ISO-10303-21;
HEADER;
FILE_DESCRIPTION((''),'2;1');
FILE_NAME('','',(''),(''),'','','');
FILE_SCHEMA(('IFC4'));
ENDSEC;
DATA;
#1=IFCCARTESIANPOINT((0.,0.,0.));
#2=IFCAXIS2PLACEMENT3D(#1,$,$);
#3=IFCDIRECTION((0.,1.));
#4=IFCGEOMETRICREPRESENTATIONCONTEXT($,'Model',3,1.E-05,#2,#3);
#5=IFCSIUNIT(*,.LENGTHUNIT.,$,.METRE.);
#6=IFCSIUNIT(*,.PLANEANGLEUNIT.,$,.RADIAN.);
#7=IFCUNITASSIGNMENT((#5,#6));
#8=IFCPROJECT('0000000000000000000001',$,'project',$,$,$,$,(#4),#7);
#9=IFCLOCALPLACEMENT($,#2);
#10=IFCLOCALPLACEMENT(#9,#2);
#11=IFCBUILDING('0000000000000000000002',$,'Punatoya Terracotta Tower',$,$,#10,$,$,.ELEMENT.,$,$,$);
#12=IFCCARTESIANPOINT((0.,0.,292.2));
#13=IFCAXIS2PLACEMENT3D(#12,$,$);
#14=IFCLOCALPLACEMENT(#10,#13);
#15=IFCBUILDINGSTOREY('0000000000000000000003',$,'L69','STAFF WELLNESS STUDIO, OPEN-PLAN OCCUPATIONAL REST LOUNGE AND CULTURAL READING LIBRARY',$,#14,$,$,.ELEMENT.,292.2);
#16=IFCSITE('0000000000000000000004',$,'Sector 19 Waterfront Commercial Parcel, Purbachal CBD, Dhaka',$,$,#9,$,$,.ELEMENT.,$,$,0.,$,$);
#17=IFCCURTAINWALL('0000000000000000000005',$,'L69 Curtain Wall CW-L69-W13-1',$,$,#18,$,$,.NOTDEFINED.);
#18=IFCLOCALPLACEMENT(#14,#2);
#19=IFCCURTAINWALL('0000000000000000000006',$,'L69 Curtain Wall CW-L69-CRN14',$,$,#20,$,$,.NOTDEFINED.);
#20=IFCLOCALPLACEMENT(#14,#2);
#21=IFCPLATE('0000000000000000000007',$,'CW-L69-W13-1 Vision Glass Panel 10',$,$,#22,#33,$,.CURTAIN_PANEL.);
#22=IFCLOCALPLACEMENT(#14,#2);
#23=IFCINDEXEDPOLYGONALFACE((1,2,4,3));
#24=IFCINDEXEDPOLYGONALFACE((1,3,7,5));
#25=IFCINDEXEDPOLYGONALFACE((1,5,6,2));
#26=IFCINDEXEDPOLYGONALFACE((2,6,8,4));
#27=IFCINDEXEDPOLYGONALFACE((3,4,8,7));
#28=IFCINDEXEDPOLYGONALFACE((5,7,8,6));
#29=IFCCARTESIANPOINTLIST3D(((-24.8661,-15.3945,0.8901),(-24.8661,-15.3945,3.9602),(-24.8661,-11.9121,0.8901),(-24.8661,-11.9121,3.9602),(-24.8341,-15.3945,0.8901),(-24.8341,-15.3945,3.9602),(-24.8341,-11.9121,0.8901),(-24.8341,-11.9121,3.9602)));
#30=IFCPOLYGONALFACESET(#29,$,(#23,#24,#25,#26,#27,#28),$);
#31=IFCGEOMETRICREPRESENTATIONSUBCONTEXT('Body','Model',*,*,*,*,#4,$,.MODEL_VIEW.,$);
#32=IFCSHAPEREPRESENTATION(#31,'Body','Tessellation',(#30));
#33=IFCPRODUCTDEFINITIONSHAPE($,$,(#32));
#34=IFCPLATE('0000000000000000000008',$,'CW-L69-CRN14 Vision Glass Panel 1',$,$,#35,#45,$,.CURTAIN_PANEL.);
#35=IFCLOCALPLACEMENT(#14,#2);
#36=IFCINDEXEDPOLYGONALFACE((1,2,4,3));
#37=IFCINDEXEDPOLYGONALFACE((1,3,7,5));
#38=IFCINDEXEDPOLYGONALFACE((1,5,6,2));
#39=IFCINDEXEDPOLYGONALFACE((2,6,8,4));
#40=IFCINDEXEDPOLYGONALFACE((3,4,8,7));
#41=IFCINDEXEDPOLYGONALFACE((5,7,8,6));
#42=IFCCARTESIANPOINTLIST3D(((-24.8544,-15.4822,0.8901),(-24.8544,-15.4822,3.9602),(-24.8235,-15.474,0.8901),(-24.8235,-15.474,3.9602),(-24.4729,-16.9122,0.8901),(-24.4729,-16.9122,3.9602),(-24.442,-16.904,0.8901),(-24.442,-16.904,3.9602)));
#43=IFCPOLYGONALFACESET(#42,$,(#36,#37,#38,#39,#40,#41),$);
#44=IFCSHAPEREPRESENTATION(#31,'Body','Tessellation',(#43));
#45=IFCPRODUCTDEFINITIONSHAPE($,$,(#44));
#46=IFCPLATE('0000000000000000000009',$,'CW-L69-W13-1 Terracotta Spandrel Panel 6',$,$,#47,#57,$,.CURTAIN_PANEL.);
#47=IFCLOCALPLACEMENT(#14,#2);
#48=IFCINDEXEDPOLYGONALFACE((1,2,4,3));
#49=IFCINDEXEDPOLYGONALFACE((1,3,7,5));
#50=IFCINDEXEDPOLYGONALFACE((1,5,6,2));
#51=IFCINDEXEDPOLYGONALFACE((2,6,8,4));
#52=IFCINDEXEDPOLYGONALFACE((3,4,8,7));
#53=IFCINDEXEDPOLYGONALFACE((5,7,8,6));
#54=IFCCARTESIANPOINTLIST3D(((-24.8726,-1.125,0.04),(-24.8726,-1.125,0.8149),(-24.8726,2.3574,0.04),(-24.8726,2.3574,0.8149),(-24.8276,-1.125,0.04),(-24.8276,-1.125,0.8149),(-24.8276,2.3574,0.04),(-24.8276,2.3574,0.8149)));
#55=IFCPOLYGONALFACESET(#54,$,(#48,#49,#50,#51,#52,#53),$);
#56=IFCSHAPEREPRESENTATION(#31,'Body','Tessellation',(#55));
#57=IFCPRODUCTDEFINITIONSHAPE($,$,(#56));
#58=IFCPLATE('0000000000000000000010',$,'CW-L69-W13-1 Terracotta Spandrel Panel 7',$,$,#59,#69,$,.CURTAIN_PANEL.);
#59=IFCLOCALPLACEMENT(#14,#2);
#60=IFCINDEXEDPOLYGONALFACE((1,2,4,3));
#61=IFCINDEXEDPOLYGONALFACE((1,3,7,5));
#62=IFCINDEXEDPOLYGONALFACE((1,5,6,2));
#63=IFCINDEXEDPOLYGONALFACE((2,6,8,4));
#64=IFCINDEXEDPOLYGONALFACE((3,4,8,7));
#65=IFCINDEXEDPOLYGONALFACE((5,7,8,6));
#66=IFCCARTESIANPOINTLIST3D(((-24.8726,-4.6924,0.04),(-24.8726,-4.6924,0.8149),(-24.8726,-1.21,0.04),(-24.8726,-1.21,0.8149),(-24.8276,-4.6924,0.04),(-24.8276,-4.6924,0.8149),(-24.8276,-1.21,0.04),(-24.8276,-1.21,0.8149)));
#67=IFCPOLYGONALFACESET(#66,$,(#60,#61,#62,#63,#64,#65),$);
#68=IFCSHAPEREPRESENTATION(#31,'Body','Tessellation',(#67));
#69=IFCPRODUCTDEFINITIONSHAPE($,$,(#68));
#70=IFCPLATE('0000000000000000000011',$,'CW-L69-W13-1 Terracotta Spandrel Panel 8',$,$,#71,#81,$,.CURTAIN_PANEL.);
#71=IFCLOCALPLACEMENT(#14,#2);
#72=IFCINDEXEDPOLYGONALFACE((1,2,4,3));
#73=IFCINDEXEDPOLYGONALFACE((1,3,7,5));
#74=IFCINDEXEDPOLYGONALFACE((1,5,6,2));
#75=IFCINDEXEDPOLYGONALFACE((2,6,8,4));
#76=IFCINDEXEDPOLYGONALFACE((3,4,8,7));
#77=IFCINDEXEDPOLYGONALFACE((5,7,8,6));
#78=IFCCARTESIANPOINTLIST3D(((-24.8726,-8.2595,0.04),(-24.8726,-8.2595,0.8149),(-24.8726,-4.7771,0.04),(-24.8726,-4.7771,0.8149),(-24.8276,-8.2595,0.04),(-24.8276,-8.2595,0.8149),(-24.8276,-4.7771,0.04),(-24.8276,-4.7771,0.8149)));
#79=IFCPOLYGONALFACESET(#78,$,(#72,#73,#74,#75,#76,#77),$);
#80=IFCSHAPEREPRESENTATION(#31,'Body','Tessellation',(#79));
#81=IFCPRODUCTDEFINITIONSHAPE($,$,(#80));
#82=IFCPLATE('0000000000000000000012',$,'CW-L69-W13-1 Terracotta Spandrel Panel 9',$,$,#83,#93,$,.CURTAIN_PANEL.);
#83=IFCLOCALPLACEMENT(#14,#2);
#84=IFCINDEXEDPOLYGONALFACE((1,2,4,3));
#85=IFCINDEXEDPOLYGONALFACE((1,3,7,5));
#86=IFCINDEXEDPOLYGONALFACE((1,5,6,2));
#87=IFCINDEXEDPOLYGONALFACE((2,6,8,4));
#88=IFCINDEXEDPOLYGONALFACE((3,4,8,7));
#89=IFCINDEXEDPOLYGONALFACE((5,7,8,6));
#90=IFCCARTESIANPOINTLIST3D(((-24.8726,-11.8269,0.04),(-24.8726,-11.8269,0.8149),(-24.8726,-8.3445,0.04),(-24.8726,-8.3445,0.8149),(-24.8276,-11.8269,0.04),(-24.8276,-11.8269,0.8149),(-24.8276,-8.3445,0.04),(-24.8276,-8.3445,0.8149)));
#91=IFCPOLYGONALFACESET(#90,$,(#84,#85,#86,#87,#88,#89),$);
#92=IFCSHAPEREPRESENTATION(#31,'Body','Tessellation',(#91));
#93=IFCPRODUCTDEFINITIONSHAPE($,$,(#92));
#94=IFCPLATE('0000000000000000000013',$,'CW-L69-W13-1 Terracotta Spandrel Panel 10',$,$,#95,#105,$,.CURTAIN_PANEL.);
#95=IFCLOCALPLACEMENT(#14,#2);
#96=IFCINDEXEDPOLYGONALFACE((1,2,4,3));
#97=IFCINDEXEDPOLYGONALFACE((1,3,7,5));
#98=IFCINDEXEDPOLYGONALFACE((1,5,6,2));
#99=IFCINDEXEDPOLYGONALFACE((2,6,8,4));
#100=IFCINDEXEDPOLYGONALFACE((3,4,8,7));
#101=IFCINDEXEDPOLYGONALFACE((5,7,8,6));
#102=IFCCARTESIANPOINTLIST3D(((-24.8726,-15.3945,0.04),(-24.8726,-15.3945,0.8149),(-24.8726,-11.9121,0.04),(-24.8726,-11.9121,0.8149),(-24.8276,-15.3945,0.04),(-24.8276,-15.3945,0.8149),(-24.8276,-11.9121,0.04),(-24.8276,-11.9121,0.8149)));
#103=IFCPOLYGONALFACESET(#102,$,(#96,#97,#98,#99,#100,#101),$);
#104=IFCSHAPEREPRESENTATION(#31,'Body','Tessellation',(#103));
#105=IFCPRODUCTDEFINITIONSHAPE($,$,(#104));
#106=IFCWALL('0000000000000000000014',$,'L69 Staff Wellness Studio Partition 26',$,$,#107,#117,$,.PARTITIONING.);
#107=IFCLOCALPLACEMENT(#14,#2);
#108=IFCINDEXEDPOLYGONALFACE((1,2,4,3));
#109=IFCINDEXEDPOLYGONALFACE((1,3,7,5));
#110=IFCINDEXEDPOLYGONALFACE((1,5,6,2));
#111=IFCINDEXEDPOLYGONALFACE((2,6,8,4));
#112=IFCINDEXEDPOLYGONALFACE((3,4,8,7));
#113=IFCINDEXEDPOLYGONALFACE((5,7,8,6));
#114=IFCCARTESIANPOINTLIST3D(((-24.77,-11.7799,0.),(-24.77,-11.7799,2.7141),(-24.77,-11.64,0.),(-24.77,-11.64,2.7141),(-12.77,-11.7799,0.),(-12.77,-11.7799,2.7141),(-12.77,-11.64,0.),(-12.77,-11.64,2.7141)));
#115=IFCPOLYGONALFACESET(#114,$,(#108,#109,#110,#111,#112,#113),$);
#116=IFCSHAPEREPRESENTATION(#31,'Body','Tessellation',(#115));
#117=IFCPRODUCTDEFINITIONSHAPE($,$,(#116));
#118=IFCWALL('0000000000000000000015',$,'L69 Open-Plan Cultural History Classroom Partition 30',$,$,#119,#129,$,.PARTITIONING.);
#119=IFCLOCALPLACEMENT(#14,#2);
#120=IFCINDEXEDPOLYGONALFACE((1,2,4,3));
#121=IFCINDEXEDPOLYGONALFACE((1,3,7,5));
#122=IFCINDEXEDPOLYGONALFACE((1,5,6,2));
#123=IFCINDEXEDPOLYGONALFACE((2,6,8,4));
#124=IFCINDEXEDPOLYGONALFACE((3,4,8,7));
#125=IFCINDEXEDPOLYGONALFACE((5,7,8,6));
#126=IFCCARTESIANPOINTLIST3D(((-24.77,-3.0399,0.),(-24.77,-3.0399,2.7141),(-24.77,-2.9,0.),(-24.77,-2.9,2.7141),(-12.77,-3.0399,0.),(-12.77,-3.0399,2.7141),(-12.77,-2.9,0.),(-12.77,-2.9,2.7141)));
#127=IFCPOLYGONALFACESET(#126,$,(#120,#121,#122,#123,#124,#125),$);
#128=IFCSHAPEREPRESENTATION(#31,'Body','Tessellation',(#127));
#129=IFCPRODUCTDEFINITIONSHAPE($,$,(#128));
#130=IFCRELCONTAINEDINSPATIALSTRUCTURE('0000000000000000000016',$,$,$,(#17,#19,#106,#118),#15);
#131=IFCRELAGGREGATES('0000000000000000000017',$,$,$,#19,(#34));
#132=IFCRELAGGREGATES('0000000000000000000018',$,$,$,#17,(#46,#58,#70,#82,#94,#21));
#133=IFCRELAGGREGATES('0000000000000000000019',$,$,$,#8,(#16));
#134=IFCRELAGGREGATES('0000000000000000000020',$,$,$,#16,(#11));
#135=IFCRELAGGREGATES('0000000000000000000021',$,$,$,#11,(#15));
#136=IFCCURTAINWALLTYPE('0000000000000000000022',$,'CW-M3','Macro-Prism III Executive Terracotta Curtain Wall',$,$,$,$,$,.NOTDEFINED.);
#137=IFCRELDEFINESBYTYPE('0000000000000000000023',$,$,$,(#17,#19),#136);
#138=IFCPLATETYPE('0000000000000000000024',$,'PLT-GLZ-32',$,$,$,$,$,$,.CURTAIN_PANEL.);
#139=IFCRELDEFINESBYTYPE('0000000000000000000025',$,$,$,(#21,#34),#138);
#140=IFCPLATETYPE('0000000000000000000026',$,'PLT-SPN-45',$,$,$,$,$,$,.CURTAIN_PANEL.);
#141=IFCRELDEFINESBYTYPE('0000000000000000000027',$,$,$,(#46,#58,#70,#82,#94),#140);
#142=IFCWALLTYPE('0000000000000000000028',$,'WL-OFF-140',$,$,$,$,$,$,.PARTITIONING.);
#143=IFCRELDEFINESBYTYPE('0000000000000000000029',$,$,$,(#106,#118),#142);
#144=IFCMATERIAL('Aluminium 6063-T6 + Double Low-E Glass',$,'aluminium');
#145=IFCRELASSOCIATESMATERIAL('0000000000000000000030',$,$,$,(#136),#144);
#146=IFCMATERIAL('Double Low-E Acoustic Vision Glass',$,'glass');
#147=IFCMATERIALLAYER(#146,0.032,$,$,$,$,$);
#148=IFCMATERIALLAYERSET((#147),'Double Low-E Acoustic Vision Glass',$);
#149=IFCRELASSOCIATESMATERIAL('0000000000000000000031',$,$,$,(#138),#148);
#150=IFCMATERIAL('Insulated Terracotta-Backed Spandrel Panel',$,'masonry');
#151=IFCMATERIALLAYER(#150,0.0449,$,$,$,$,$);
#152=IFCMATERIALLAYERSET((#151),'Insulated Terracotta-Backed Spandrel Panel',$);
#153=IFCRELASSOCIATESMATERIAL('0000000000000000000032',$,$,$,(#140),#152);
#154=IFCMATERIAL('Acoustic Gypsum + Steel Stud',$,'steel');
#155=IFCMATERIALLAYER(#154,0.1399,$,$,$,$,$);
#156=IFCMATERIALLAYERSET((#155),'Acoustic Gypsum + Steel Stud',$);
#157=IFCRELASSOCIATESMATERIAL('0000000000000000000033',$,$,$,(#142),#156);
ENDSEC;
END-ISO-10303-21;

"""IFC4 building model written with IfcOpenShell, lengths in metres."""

from ifc_helpers import new_model, si_unit, direction, frame, frame_2d, origin, origin_2d, place, context, subcontext, project, spatial, rectangle, extrude, material, layer, layer_set, type_object, element, aggregate, save


model = new_model("IFC4")

# Units and contexts
model_context = context("Model", 3, precision=1e-05, world=origin(), true_north=direction((0.0, 1.0)))
body_context = subcontext(model_context, "Body", "Model", "MODEL_VIEW")
ifc_project = project(units=[si_unit("LENGTHUNIT", "METRE"), si_unit("PLANEANGLEUNIT", "RADIAN")], contexts=[model_context])

# Site, building, storey
site_placement = place(None, origin())
site = spatial("IfcSite", under=ifc_project, at=site_placement, Name="Sector 19 Waterfront Commercial Parcel, Purbachal CBD, Dhaka", CompositionType="ELEMENT", RefElevation=0.0)
building_placement = place(site_placement, origin())
building = spatial("IfcBuilding", under=site, at=building_placement, Name="Punatoya Terracotta Tower", CompositionType="ELEMENT")
storey_placement = place(building_placement, frame((0.0, 0.0, 292.2)))
storey = spatial("IfcBuildingStorey", under=building, at=storey_placement, Name="L69", Description="STAFF WELLNESS STUDIO, OPEN-PLAN OCCUPATIONAL REST LOUNGE AND CULTURAL READING LIBRARY", CompositionType="ELEMENT", Elevation=292.2)

# Curtain walls
ifc_material_1 = material(Name="Aluminium 6063-T6 + Double Low-E Glass", Category="aluminium")
curtain_wall_type = type_object("IfcCurtainWallType", Name="CW-M3", Description="Macro-Prism III Executive Terracotta Curtain Wall", PredefinedType="NOTDEFINED", material=ifc_material_1)
curtain_wall_1_placement = place(storey_placement, origin())
curtain_wall_1 = element("IfcCurtainWall", 1, at=curtain_wall_1_placement, inside=storey, type_object=curtain_wall_type, Name="L69 Curtain Wall CW-L69-W13-1", PredefinedType="NOTDEFINED")
curtain_wall_2_placement = place(storey_placement, origin())
curtain_wall_2 = element("IfcCurtainWall", 2, at=curtain_wall_2_placement, inside=storey, type_object=curtain_wall_type, Name="L69 Curtain Wall CW-L69-CRN14", PredefinedType="NOTDEFINED")

# Plates
ifc_material_2 = material(Name="Double Low-E Acoustic Vision Glass", Category="glass")
ifc_layer_1 = layer(ifc_material_2, 0.032)
ifc_layer_set_1 = layer_set([ifc_layer_1], Name="Double Low-E Acoustic Vision Glass")
plate_type_1 = type_object("IfcPlateType", Name="PLT-GLZ-32", PredefinedType="CURTAIN_PANEL", material=ifc_layer_set_1)
plate_1_placement = place(storey_placement, frame((-24.8501, -13.6533, 0.8901), z_axis=(0.0, 0.0, 1.0), x_axis=(0.0, -1.0, 0.0)))
plate_1 = element("IfcPlate", 3, at=plate_1_placement, type_object=plate_type_1, Name="CW-L69-W13-1 Vision Glass Panel 10", PredefinedType="CURTAIN_PANEL", context=body_context, shape_type="SweptSolid", body=[
    extrude(rectangle(XDim=3.4824, YDim=0.032, at=origin_2d()), origin(), (0.0, 0.0, 1.0), 3.0701),
])
plate_2_placement = place(storey_placement, frame((-24.6482, -16.1931, 0.8901), z_axis=(0.0, 0.0, 1.0), x_axis=(0.257742, -0.966214, 0.0)))
plate_2 = element("IfcPlate", 4, at=plate_2_placement, type_object=plate_type_1, Name="CW-L69-CRN14 Vision Glass Panel 1", PredefinedType="CURTAIN_PANEL", context=body_context, shape_type="SweptSolid", body=[
    extrude(rectangle(XDim=1.48, YDim=0.032, at=origin_2d()), origin(), (0.0, 0.0, 1.0), 3.0701),
])
aggregate(curtain_wall_2, [plate_2])
ifc_material_3 = material(Name="Insulated Terracotta-Backed Spandrel Panel", Category="masonry")
ifc_layer_2 = layer(ifc_material_3, 0.0449)
ifc_layer_set_2 = layer_set([ifc_layer_2], Name="Insulated Terracotta-Backed Spandrel Panel")
plate_type_2 = type_object("IfcPlateType", Name="PLT-SPN-45", PredefinedType="CURTAIN_PANEL", material=ifc_layer_set_2)
plate_3_placement = place(storey_placement, frame((-24.8501, 0.6162, 0.04), z_axis=(0.0, 0.0, 1.0), x_axis=(0.0, -1.0, 0.0)))
plate_3 = element("IfcPlate", 5, at=plate_3_placement, type_object=plate_type_2, Name="CW-L69-W13-1 Terracotta Spandrel Panel 6", PredefinedType="CURTAIN_PANEL", context=body_context, shape_type="SweptSolid", body=[
    extrude(rectangle(XDim=3.4824, YDim=0.0449, at=origin_2d()), origin(), (0.0, 0.0, 1.0), 0.7749),
])
plate_4_placement = place(storey_placement, frame((-24.8501, -2.9512, 0.04), z_axis=(0.0, 0.0, 1.0), x_axis=(0.0, -1.0, 0.0)))
plate_4 = element("IfcPlate", 6, at=plate_4_placement, type_object=plate_type_2, Name="CW-L69-W13-1 Terracotta Spandrel Panel 7", PredefinedType="CURTAIN_PANEL", context=body_context, shape_type="SweptSolid", body=[
    extrude(rectangle(XDim=3.4824, YDim=0.0449, at=origin_2d()), origin(), (0.0, 0.0, 1.0), 0.7749),
])
plate_5_placement = place(storey_placement, frame((-24.8501, -6.5183, 0.04), z_axis=(0.0, 0.0, 1.0), x_axis=(0.0, -1.0, 0.0)))
plate_5 = element("IfcPlate", 7, at=plate_5_placement, type_object=plate_type_2, Name="CW-L69-W13-1 Terracotta Spandrel Panel 8", PredefinedType="CURTAIN_PANEL", context=body_context, shape_type="SweptSolid", body=[
    extrude(rectangle(XDim=3.4824, YDim=0.0449, at=origin_2d()), origin(), (0.0, 0.0, 1.0), 0.7749),
])
plate_6_placement = place(storey_placement, frame((-24.8501, -10.0857, 0.04), z_axis=(0.0, 0.0, 1.0), x_axis=(0.0, -1.0, 0.0)))
plate_6 = element("IfcPlate", 8, at=plate_6_placement, type_object=plate_type_2, Name="CW-L69-W13-1 Terracotta Spandrel Panel 9", PredefinedType="CURTAIN_PANEL", context=body_context, shape_type="SweptSolid", body=[
    extrude(rectangle(XDim=3.4824, YDim=0.0449, at=origin_2d()), origin(), (0.0, 0.0, 1.0), 0.7749),
])
plate_7_placement = place(storey_placement, frame((-24.8501, -13.6533, 0.04), z_axis=(0.0, 0.0, 1.0), x_axis=(0.0, -1.0, 0.0)))
plate_7 = element("IfcPlate", 9, at=plate_7_placement, type_object=plate_type_2, Name="CW-L69-W13-1 Terracotta Spandrel Panel 10", PredefinedType="CURTAIN_PANEL", context=body_context, shape_type="SweptSolid", body=[
    extrude(rectangle(XDim=3.4824, YDim=0.0449, at=origin_2d()), origin(), (0.0, 0.0, 1.0), 0.7749),
])
aggregate(curtain_wall_1, [plate_3, plate_4, plate_5, plate_6, plate_7, plate_1])

# Walls
ifc_material_4 = material(Name="Acoustic Gypsum + Steel Stud", Category="steel")
ifc_layer_3 = layer(ifc_material_4, 0.1399)
ifc_layer_set_3 = layer_set([ifc_layer_3], Name="Acoustic Gypsum + Steel Stud")
wall_type = type_object("IfcWallType", Name="WL-OFF-140", PredefinedType="PARTITIONING", material=ifc_layer_set_3)
for number, where, z_axis, x_axis, name in (
    (10, (-24.77, -11.71, 0.0), (0.0, 0.0, 1.0), (1.0, 0.0, 0.0), "L69 Staff Wellness Studio Partition 26"),
    (11, (-24.77, -2.97, 0.0), (0.0, 0.0, 1.0), (1.0, 0.0, 0.0), "L69 Open-Plan Cultural History Classroom Partition 30"),
):
    element("IfcWall", number, at=place(storey_placement, frame(where, z_axis=z_axis, x_axis=x_axis)), inside=storey, type_object=wall_type, Name=name, PredefinedType="PARTITIONING", context=body_context, shape_type="SweptSolid", body=[
        extrude(rectangle(XDim=12.0, YDim=0.1399, at=frame_2d((6.0, 0.0))), origin(), (0.0, 0.0, 1.0), 2.7141),
    ])

save(model, "model.ifc")
